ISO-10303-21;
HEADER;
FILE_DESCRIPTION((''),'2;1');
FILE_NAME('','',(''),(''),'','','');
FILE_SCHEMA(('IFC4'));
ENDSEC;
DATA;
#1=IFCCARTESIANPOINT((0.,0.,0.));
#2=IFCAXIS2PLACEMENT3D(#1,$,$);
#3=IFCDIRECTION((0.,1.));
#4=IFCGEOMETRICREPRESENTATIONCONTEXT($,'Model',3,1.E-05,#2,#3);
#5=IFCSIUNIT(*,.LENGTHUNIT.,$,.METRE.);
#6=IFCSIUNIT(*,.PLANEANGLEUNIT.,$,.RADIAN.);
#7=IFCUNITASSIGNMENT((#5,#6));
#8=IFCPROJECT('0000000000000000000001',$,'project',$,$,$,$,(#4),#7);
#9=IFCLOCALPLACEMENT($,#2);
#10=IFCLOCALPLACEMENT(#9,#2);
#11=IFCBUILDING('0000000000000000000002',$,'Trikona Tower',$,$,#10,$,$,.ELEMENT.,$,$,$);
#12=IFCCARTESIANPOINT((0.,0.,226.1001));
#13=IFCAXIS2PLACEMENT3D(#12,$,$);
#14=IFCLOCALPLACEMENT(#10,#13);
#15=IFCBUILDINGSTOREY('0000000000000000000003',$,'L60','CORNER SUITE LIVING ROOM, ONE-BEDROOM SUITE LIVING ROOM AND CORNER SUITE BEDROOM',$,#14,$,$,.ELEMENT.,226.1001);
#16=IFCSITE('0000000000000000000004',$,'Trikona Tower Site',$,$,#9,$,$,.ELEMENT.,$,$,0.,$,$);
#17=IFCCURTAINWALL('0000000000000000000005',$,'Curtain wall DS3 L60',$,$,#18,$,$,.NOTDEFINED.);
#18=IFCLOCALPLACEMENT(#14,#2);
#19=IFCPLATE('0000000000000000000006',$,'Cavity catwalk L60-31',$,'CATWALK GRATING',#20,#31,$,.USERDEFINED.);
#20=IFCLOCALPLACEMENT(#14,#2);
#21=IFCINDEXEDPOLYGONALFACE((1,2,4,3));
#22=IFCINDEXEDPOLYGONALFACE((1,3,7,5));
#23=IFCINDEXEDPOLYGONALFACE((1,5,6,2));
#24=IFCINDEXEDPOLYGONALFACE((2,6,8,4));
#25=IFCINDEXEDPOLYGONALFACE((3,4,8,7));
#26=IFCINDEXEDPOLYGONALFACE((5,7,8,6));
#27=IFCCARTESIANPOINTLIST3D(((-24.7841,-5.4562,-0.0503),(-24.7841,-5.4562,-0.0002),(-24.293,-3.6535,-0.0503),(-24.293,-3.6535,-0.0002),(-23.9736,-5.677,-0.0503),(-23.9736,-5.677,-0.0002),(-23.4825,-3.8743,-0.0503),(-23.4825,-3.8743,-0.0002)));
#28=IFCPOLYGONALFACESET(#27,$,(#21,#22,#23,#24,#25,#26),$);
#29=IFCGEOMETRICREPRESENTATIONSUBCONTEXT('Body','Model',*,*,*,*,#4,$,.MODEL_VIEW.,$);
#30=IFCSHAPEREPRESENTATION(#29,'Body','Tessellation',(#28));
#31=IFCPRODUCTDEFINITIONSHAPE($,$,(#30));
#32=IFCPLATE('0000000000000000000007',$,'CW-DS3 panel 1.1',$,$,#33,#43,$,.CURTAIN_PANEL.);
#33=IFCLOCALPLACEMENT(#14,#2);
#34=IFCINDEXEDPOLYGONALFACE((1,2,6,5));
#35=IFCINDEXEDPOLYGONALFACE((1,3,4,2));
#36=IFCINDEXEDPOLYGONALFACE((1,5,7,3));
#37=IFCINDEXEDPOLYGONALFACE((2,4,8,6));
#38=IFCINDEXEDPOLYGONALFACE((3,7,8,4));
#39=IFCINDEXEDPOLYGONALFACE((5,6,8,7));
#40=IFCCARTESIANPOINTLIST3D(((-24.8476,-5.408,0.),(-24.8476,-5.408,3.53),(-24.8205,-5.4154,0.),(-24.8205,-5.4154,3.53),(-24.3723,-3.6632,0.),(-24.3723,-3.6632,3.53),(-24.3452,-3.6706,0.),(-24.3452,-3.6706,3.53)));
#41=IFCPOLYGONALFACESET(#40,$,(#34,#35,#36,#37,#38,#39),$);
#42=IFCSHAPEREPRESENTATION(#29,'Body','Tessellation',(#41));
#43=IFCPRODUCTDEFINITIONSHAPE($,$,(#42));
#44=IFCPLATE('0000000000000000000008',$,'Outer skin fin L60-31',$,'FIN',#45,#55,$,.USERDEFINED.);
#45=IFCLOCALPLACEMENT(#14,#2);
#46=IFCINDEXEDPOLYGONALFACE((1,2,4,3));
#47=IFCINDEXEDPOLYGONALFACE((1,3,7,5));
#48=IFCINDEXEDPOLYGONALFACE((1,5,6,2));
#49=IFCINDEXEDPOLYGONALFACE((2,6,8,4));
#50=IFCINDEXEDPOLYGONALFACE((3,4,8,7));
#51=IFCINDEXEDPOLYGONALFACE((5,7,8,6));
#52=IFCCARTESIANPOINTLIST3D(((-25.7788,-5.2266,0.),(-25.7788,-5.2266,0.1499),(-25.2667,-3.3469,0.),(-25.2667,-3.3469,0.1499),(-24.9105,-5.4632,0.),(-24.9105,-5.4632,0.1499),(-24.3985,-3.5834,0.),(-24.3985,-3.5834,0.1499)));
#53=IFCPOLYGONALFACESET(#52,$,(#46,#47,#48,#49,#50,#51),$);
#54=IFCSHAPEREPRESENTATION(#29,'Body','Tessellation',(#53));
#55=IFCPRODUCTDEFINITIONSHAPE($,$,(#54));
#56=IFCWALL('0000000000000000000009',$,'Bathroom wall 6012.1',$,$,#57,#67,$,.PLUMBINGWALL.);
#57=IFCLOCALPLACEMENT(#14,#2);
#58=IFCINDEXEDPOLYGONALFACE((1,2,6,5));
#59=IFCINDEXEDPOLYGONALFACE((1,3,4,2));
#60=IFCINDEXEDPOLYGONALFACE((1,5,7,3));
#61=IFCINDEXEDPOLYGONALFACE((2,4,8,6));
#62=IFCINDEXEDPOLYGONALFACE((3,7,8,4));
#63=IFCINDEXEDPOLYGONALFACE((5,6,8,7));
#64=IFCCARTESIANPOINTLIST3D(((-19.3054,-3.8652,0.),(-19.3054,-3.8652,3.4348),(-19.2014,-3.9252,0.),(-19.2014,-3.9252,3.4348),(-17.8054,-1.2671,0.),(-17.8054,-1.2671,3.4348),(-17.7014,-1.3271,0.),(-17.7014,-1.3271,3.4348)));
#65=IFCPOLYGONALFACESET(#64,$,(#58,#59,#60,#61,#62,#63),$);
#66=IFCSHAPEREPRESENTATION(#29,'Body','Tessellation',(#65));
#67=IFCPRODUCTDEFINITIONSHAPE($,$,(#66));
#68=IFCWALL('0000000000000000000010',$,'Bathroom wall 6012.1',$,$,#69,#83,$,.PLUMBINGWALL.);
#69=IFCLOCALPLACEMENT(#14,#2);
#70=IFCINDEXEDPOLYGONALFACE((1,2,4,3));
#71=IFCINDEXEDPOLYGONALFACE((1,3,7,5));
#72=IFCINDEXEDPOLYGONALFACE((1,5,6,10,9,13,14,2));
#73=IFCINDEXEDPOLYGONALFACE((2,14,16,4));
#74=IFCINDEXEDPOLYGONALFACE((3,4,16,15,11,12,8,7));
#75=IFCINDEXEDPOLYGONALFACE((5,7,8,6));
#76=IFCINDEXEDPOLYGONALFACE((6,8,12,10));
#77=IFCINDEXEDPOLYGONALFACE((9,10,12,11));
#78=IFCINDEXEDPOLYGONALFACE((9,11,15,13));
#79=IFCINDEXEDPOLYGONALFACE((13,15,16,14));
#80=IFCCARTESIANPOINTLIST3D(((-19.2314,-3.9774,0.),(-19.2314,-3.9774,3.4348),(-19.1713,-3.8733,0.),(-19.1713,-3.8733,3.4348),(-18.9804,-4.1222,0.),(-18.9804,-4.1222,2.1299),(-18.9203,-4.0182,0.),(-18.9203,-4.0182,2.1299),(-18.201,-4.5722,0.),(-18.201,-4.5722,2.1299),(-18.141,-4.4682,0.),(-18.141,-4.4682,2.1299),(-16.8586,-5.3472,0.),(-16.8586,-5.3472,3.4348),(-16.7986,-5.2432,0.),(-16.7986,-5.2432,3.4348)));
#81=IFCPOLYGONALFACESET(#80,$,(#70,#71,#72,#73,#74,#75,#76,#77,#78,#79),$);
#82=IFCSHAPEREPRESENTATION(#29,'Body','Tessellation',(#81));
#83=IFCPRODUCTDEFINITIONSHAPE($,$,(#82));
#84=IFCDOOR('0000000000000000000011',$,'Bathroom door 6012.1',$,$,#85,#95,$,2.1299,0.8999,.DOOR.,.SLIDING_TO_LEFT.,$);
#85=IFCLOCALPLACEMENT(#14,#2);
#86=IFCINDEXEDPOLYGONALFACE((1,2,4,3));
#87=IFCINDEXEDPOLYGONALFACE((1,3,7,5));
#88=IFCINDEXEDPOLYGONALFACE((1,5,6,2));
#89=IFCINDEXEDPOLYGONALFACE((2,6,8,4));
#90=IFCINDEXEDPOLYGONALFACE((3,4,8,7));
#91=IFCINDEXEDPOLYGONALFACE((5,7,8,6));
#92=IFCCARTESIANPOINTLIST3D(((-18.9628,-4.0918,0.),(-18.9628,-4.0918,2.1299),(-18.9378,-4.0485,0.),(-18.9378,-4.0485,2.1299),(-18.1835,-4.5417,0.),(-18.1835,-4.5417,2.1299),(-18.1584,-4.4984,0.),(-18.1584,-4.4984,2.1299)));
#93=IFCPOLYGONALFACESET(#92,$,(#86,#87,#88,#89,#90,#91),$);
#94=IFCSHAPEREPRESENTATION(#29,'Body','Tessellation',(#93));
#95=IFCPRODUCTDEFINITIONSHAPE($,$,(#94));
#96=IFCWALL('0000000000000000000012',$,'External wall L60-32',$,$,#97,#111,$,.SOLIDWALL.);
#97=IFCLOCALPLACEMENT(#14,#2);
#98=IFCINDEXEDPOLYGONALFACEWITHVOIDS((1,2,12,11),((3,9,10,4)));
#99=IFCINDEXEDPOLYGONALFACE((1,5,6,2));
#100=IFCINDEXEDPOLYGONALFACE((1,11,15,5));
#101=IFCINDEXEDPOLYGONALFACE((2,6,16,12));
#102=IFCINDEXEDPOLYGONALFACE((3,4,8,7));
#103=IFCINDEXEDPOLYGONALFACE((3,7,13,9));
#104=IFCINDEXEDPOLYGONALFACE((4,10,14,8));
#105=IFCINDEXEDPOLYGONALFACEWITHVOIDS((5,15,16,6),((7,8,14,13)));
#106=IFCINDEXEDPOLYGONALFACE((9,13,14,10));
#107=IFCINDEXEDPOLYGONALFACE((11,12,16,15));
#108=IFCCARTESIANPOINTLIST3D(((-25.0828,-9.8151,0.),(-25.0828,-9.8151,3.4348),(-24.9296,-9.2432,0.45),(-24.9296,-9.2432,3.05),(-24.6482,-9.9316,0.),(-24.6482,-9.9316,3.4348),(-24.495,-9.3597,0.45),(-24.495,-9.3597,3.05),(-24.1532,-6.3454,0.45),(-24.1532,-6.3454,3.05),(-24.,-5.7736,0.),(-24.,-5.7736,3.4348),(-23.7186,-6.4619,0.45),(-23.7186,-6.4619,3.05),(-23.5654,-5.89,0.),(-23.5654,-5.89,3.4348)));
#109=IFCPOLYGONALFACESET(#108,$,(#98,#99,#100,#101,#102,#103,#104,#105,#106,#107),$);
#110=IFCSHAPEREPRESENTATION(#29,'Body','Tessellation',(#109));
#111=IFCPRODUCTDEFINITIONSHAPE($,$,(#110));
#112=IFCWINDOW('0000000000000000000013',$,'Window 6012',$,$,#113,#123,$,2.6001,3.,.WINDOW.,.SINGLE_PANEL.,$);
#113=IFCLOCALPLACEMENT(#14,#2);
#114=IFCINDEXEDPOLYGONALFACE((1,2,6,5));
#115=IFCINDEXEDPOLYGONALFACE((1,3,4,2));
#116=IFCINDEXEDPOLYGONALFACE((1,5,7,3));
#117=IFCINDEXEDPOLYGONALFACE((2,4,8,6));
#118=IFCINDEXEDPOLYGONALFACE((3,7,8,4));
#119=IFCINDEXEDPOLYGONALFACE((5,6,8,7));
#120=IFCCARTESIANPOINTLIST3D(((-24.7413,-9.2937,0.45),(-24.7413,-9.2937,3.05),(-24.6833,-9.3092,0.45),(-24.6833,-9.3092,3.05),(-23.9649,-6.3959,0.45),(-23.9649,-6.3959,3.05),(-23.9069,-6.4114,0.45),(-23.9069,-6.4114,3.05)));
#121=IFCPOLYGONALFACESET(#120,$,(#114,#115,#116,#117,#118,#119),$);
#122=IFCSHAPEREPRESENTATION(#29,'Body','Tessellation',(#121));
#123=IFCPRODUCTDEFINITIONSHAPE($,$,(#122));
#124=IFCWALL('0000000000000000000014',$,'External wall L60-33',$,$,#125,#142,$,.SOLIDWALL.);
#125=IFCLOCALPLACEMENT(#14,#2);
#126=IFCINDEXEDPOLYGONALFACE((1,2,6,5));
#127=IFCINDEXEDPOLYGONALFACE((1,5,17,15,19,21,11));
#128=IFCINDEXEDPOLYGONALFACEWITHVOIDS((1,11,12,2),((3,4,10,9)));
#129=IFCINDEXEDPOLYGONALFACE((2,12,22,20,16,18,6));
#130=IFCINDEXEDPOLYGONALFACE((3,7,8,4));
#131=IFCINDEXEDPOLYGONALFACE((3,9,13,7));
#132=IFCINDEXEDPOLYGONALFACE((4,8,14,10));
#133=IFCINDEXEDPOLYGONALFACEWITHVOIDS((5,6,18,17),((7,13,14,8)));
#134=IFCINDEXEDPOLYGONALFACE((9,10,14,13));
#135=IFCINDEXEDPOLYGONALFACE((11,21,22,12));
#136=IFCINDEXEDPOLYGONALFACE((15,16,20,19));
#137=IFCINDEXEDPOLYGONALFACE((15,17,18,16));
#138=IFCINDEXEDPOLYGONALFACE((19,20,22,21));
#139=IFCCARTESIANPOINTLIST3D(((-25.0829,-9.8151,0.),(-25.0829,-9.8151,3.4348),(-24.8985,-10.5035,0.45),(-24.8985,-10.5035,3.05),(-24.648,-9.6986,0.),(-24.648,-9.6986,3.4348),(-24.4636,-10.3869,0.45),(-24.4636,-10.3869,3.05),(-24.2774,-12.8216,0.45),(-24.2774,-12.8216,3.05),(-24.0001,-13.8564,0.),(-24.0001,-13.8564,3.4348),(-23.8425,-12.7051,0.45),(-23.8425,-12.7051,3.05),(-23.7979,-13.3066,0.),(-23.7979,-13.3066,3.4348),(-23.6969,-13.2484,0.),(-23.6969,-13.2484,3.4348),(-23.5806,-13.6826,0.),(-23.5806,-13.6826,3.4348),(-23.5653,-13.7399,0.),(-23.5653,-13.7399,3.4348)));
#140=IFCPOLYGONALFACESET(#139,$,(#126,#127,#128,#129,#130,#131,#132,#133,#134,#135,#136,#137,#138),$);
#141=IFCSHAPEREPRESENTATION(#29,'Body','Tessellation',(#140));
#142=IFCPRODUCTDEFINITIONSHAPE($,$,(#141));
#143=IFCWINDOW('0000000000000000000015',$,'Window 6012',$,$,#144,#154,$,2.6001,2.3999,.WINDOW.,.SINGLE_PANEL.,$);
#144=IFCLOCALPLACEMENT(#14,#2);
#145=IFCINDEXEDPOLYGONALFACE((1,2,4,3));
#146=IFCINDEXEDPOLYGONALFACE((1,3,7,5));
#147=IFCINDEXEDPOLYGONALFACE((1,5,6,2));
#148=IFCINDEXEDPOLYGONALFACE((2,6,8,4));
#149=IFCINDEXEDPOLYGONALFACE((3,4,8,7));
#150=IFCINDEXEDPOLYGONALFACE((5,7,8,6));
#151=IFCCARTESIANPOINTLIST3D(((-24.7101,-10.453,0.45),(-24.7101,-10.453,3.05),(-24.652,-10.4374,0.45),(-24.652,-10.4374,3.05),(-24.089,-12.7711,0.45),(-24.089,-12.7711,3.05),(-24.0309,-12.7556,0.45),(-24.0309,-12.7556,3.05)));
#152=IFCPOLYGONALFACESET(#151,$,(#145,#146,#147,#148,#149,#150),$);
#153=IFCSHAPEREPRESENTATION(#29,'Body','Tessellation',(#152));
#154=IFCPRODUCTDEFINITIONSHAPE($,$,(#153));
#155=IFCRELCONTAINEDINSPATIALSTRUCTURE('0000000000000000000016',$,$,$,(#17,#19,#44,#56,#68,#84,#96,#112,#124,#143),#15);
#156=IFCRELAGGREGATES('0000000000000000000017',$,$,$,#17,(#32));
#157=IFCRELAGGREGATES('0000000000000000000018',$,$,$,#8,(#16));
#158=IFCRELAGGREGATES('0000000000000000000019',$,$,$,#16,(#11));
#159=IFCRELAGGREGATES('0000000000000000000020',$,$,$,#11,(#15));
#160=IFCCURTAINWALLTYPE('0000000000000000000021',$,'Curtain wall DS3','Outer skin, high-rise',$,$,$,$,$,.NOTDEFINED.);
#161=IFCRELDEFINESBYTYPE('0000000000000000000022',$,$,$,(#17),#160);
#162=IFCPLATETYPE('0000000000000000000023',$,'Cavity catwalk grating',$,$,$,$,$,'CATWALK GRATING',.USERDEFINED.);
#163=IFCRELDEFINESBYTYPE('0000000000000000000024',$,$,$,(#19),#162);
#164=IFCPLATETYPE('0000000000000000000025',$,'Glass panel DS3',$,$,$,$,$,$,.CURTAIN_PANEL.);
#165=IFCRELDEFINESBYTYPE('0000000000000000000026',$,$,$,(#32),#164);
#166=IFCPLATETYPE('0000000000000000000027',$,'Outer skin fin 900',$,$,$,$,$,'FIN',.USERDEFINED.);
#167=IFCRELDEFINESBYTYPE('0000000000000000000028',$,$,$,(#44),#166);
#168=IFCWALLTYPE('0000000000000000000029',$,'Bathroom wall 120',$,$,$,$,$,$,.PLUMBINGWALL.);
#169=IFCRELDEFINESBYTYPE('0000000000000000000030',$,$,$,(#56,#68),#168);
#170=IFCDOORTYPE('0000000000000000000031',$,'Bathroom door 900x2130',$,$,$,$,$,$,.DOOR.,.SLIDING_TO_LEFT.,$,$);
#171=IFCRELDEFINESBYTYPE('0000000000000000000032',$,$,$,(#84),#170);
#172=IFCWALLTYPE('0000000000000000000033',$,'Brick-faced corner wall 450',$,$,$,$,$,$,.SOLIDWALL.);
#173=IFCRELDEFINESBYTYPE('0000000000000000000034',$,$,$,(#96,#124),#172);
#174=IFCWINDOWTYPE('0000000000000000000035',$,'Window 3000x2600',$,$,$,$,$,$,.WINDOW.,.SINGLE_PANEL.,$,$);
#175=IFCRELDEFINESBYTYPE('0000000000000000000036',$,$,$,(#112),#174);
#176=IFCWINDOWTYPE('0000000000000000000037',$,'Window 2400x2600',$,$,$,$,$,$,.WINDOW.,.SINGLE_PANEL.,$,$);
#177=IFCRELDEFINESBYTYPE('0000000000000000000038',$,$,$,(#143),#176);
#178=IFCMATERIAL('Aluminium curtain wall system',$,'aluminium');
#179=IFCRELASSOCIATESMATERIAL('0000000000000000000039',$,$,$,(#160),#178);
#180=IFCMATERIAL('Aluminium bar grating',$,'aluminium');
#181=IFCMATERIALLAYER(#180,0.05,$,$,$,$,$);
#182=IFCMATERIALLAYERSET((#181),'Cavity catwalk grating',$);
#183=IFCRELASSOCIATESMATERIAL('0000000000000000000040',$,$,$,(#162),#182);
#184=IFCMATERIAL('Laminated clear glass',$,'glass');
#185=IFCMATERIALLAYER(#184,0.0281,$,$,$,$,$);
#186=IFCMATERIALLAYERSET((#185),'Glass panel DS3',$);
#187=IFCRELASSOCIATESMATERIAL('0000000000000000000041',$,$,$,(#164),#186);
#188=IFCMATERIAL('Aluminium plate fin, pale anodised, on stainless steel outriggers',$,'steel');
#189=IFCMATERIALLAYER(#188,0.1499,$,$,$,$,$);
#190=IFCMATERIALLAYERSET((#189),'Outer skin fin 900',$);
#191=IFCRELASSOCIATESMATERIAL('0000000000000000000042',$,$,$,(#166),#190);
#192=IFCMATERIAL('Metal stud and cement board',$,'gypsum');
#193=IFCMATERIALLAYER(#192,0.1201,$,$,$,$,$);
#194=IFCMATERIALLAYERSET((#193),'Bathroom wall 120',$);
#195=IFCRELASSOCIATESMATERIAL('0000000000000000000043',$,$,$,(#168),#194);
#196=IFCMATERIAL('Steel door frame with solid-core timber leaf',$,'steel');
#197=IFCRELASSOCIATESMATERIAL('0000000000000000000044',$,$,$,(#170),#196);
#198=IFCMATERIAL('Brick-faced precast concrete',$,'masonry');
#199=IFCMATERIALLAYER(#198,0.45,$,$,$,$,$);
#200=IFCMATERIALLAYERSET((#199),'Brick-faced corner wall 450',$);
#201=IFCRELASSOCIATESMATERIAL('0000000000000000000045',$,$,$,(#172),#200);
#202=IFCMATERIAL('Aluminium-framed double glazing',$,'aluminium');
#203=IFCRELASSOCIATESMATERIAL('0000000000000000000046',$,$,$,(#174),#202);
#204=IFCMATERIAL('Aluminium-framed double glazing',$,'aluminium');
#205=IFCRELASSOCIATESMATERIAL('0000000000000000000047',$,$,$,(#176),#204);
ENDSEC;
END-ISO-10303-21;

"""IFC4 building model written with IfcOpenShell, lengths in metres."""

from ifc_helpers import new_model, si_unit, direction, frame, frame_2d, origin, origin_2d, place, context, subcontext, project, spatial, polyline, rectangle, outline, extrude, material, layer, layer_set, type_object, element, fill, aggregate, save


model = new_model("IFC4")

# Units and contexts
model_context = context("Model", 3, precision=1e-05, world=origin(), true_north=direction((0.0, 1.0)))
body_context = subcontext(model_context, "Body", "Model", "MODEL_VIEW")
ifc_project = project(units=[si_unit("LENGTHUNIT", "METRE"), si_unit("PLANEANGLEUNIT", "RADIAN")], contexts=[model_context])

# Site, building, storey
site_placement = place(None, origin())
site = spatial("IfcSite", under=ifc_project, at=site_placement, Name="Trikona Tower Site", CompositionType="ELEMENT", RefElevation=0.0)
building_placement = place(site_placement, origin())
building = spatial("IfcBuilding", under=site, at=building_placement, Name="Trikona Tower", CompositionType="ELEMENT")
storey_placement = place(building_placement, frame((0.0, 0.0, 226.1001)))
storey = spatial("IfcBuildingStorey", under=building, at=storey_placement, Name="L60", Description="CORNER SUITE LIVING ROOM, ONE-BEDROOM SUITE LIVING ROOM AND CORNER SUITE BEDROOM", CompositionType="ELEMENT", Elevation=226.1001)

# Shared definitions
ifc_material_1 = material(Name="Aluminium curtain wall system", Category="aluminium")
curtain_wall_type = type_object("IfcCurtainWallType", Name="Curtain wall DS3", Description="Outer skin, high-rise", PredefinedType="NOTDEFINED", material=ifc_material_1)

# Curtain wall
curtain_wall_1_placement = place(storey_placement, origin())
curtain_wall_1 = element("IfcCurtainWall", 1, at=curtain_wall_1_placement, inside=storey, type_object=curtain_wall_type, Name="Curtain wall DS3 L60", PredefinedType="NOTDEFINED")

# Plate
ifc_material_2 = material(Name="Aluminium bar grating", Category="aluminium")
ifc_layer_1 = layer(ifc_material_2, 0.05)
ifc_layer_set_1 = layer_set([ifc_layer_1], Name="Cavity catwalk grating")
plate_type_1 = type_object("IfcPlateType", Name="Cavity catwalk grating", ElementType="CATWALK GRATING", PredefinedType="USERDEFINED", material=ifc_layer_set_1)
plate_1_placement = place(storey_placement, frame((-24.1333, -4.6653, -0.0503), z_axis=(0.0, 0.0, 1.0), x_axis=(-0.262822, -0.964844, 0.0)))
element("IfcPlate", 2, at=plate_1_placement, inside=storey, type_object=plate_type_1, Name="Cavity catwalk L60-31", ObjectType="CATWALK GRATING", PredefinedType="USERDEFINED", context=body_context, shape_type="SweptSolid", body=[
    extrude(rectangle(XDim=1.8684, YDim=0.8401, at=origin_2d()), origin(), (0.0, 0.0, 1.0), 0.05),
])

# Plates
ifc_material_3 = material(Name="Laminated clear glass", Category="glass")
ifc_layer_2 = layer(ifc_material_3, 0.0281)
ifc_layer_set_2 = layer_set([ifc_layer_2], Name="Glass panel DS3")
plate_type_2 = type_object("IfcPlateType", Name="Glass panel DS3", PredefinedType="CURTAIN_PANEL", material=ifc_layer_set_2)
plate_2_placement = place(storey_placement, frame((-24.5964, -4.5393, 0.0), z_axis=(0.0, 0.0, 1.0), x_axis=(-0.262844, -0.964838, 0.0)))
plate_2 = element("IfcPlate", 3, at=plate_2_placement, type_object=plate_type_2, Name="CW-DS3 panel 1.1", PredefinedType="CURTAIN_PANEL", context=body_context, shape_type="SweptSolid", body=[
    extrude(rectangle(XDim=1.8083, YDim=0.0281, at=origin_2d()), origin(), (0.0, 0.0, 1.0), 3.53),
])
aggregate(curtain_wall_1, [plate_2])
ifc_material_4 = material(Name="Aluminium plate fin, pale anodised, on stainless steel outriggers", Category="steel")
ifc_layer_3 = layer(ifc_material_4, 0.1499)
ifc_layer_set_3 = layer_set([ifc_layer_3], Name="Outer skin fin 900")
plate_type_3 = type_object("IfcPlateType", Name="Outer skin fin 900", ElementType="FIN", PredefinedType="USERDEFINED", material=ifc_layer_set_3)
plate_3_placement = place(storey_placement, frame((-25.0886, -4.405, 0.0), z_axis=(0.0, 0.0, 1.0), x_axis=(-0.262822, -0.964844, 0.0)))
element("IfcPlate", 4, at=plate_3_placement, inside=storey, type_object=plate_type_3, Name="Outer skin fin L60-31", ObjectType="FIN", PredefinedType="USERDEFINED", context=body_context, shape_type="SweptSolid", body=[
    extrude(rectangle(XDim=1.9482, YDim=0.8999, at=origin_2d()), origin(), (0.0, 0.0, 1.0), 0.1499),
])

# Wall
ifc_material_5 = material(Name="Metal stud and cement board", Category="gypsum")
ifc_layer_4 = layer(ifc_material_5, 0.1201)
ifc_layer_set_4 = layer_set([ifc_layer_4], Name="Bathroom wall 120")
wall_type_1 = type_object("IfcWallType", Name="Bathroom wall 120", PredefinedType="PLUMBINGWALL", material=ifc_layer_set_4)
wall_1_placement = place(storey_placement, frame((-17.7534, -1.2971, 0.0), z_axis=(0.0, 0.0, 1.0), x_axis=(-0.49999, -0.866031, 0.0)))
element("IfcWall", 5, at=wall_1_placement, inside=storey, type_object=wall_type_1, Name="Bathroom wall 6012.1", PredefinedType="PLUMBINGWALL", context=body_context, shape_type="SweptSolid", body=[
    extrude(rectangle(XDim=3.0, YDim=0.1201, at=frame_2d((1.5, 0.0))), origin(), (0.0, 0.0, 1.0), 3.4348),
])

# Wall, opening, door
wall_2_placement = place(storey_placement, frame((-16.8286, -5.2952, 0.0), z_axis=(0.0, 0.0, 1.0), x_axis=(-0.866036, 0.499982, 0.0)))
wall_2 = element("IfcWall", 6, at=wall_2_placement, inside=storey, type_object=wall_type_1, Name="Bathroom wall 6012.1", PredefinedType="PLUMBINGWALL", context=body_context, shape_type="SweptSolid", body=[
    extrude(rectangle(XDim=2.7397, YDim=0.1201, at=frame_2d((1.3699, 0.0))), origin(), (0.0, 0.0, 1.0), 3.4348),
])
opening_1_placement = place(wall_2_placement, frame((1.55, 0.0, 0.0)))
opening_1 = element("IfcOpeningElement", 7, at=opening_1_placement, cuts=wall_2, PredefinedType="OPENING", context=body_context, shape_type="SweptSolid", body=[
    extrude(rectangle(XDim=0.8999, YDim=2.1299, at=frame_2d((0.45, 1.0649))), frame((0.0, 0.0701, 0.0), z_axis=(0.0, -1.0, 0.0), x_axis=(1.0, 0.0, 0.0)), (0.0, 0.0, 1.0), 0.1401),
])
ifc_material_6 = material(Name="Steel door frame with solid-core timber leaf", Category="steel")
door_type_1 = type_object("IfcDoorType", Name="Bathroom door 900x2130", OperationType="SLIDING_TO_LEFT", PredefinedType="DOOR", material=ifc_material_6)
door_1_placement = place(opening_1_placement, origin())
door_1 = element("IfcDoor", 8, at=door_1_placement, inside=storey, type_object=door_type_1, Name="Bathroom door 6012.1", OperationType="SLIDING_TO_LEFT", OverallHeight=2.1299, OverallWidth=0.8999, PredefinedType="DOOR", context=body_context, shape_type="SweptSolid", body=[
    extrude(rectangle(XDim=0.8999, YDim=2.1299, at=frame_2d((0.45, 1.0649))), frame((0.0, 0.0249, 0.0), z_axis=(0.0, -1.0, 0.0), x_axis=(1.0, 0.0, 0.0)), (0.0, 0.0, 1.0), 0.05),
])
fill(opening_1, door_1)

# Walls, openings, windows
ifc_material_7 = material(Name="Brick-faced precast concrete", Category="masonry")
ifc_layer_5 = layer(ifc_material_7, 0.45)
ifc_layer_set_5 = layer_set([ifc_layer_5], Name="Brick-faced corner wall 450")
wall_type_2 = type_object("IfcWallType", Name="Brick-faced corner wall 450", PredefinedType="SOLIDWALL", material=ifc_layer_set_5)
wall_3_placement = place(storey_placement, frame((-23.7827, -5.8318, 0.0), z_axis=(0.0, 0.0, 1.0), x_axis=(-0.258785, -0.965935, 0.0)))
wall_3 = element("IfcWall", 9, at=wall_3_placement, inside=storey, type_object=wall_type_2, Name="External wall L60-32", PredefinedType="SOLIDWALL", context=body_context, shape_type="SweptSolid", body=[
    extrude(rectangle(XDim=4.1841, YDim=0.45, at=frame_2d((2.092, 0.0))), origin(), (0.0, 0.0, 1.0), 3.4348),
])
opening_2_placement = place(wall_3_placement, frame((0.592, 0.0, 0.45)))
opening_2 = element("IfcOpeningElement", 10, at=opening_2_placement, cuts=wall_3, PredefinedType="OPENING", context=body_context, shape_type="SweptSolid", body=[
    extrude(rectangle(XDim=3.0, YDim=2.6001, at=frame_2d((1.5, 1.3))), frame((0.0, 0.2349, 0.0), z_axis=(0.0, -1.0, 0.0), x_axis=(1.0, 0.0, 0.0)), (0.0, 0.0, 1.0), 0.47),
])
ifc_material_8 = material(Name="Aluminium-framed double glazing", Category="aluminium")
window_type_1 = type_object("IfcWindowType", Name="Window 3000x2600", PartitioningType="SINGLE_PANEL", PredefinedType="WINDOW", material=ifc_material_8)
window_1_placement = place(opening_2_placement, origin())
window_1 = element("IfcWindow", 11, at=window_1_placement, inside=storey, type_object=window_type_1, Name="Window 6012", OverallHeight=2.6001, OverallWidth=3.0, PartitioningType="SINGLE_PANEL", PredefinedType="WINDOW", context=body_context, shape_type="SweptSolid", body=[
    extrude(rectangle(XDim=3.0, YDim=2.6001, at=frame_2d((1.5, 1.3))), frame((0.0, 0.03, 0.0), z_axis=(0.0, -1.0, 0.0), x_axis=(1.0, 0.0, 0.0)), (0.0, 0.0, 1.0), 0.0601),
])
fill(opening_2, window_1)
wall_4_placement = place(storey_placement, frame((-24.8655, -9.7568, 0.0), z_axis=(0.0, 0.0, 1.0), x_axis=(0.258799, -0.965931, 0.0)))
wall_4 = element("IfcWall", 12, at=wall_4_placement, inside=storey, type_object=wall_type_2, Name="External wall L60-33", PredefinedType="SOLIDWALL", context=body_context, shape_type="SweptSolid", body=[
    extrude(outline(polyline([(4.1838, 0.2251), (4.1245, 0.2251), (3.7051, 0.1125), (3.675, 0.2251), (0.0, 0.2251), (0.0, -0.2251), (4.1838, -0.2251), (4.1838, 0.2251)])), origin(), (0.0, 0.0, 1.0), 3.4348),
])
opening_3_placement = place(wall_4_placement, frame((0.7126, 0.0, 0.45)))
opening_3 = element("IfcOpeningElement", 13, at=opening_3_placement, cuts=wall_4, PredefinedType="OPENING", context=body_context, shape_type="SweptSolid", body=[
    extrude(rectangle(XDim=2.3999, YDim=2.6001, at=frame_2d((1.2, 1.3))), frame((0.0, 0.2349, 0.0), z_axis=(0.0, -1.0, 0.0), x_axis=(1.0, 0.0, 0.0)), (0.0, 0.0, 1.0), 0.47),
])
ifc_material_9 = material(Name="Aluminium-framed double glazing", Category="aluminium")
window_type_2 = type_object("IfcWindowType", Name="Window 2400x2600", PartitioningType="SINGLE_PANEL", PredefinedType="WINDOW", material=ifc_material_9)
window_2_placement = place(opening_3_placement, origin())
window_2 = element("IfcWindow", 14, at=window_2_placement, inside=storey, type_object=window_type_2, Name="Window 6012", OverallHeight=2.6001, OverallWidth=2.3999, PartitioningType="SINGLE_PANEL", PredefinedType="WINDOW", context=body_context, shape_type="SweptSolid", body=[
    extrude(rectangle(XDim=2.3999, YDim=2.6001, at=frame_2d((1.2, 1.3))), frame((0.0, 0.03, 0.0), z_axis=(0.0, -1.0, 0.0), x_axis=(1.0, 0.0, 0.0)), (0.0, 0.0, 1.0), 0.0601),
])
fill(opening_3, window_2)

save(model, "model.ifc")
